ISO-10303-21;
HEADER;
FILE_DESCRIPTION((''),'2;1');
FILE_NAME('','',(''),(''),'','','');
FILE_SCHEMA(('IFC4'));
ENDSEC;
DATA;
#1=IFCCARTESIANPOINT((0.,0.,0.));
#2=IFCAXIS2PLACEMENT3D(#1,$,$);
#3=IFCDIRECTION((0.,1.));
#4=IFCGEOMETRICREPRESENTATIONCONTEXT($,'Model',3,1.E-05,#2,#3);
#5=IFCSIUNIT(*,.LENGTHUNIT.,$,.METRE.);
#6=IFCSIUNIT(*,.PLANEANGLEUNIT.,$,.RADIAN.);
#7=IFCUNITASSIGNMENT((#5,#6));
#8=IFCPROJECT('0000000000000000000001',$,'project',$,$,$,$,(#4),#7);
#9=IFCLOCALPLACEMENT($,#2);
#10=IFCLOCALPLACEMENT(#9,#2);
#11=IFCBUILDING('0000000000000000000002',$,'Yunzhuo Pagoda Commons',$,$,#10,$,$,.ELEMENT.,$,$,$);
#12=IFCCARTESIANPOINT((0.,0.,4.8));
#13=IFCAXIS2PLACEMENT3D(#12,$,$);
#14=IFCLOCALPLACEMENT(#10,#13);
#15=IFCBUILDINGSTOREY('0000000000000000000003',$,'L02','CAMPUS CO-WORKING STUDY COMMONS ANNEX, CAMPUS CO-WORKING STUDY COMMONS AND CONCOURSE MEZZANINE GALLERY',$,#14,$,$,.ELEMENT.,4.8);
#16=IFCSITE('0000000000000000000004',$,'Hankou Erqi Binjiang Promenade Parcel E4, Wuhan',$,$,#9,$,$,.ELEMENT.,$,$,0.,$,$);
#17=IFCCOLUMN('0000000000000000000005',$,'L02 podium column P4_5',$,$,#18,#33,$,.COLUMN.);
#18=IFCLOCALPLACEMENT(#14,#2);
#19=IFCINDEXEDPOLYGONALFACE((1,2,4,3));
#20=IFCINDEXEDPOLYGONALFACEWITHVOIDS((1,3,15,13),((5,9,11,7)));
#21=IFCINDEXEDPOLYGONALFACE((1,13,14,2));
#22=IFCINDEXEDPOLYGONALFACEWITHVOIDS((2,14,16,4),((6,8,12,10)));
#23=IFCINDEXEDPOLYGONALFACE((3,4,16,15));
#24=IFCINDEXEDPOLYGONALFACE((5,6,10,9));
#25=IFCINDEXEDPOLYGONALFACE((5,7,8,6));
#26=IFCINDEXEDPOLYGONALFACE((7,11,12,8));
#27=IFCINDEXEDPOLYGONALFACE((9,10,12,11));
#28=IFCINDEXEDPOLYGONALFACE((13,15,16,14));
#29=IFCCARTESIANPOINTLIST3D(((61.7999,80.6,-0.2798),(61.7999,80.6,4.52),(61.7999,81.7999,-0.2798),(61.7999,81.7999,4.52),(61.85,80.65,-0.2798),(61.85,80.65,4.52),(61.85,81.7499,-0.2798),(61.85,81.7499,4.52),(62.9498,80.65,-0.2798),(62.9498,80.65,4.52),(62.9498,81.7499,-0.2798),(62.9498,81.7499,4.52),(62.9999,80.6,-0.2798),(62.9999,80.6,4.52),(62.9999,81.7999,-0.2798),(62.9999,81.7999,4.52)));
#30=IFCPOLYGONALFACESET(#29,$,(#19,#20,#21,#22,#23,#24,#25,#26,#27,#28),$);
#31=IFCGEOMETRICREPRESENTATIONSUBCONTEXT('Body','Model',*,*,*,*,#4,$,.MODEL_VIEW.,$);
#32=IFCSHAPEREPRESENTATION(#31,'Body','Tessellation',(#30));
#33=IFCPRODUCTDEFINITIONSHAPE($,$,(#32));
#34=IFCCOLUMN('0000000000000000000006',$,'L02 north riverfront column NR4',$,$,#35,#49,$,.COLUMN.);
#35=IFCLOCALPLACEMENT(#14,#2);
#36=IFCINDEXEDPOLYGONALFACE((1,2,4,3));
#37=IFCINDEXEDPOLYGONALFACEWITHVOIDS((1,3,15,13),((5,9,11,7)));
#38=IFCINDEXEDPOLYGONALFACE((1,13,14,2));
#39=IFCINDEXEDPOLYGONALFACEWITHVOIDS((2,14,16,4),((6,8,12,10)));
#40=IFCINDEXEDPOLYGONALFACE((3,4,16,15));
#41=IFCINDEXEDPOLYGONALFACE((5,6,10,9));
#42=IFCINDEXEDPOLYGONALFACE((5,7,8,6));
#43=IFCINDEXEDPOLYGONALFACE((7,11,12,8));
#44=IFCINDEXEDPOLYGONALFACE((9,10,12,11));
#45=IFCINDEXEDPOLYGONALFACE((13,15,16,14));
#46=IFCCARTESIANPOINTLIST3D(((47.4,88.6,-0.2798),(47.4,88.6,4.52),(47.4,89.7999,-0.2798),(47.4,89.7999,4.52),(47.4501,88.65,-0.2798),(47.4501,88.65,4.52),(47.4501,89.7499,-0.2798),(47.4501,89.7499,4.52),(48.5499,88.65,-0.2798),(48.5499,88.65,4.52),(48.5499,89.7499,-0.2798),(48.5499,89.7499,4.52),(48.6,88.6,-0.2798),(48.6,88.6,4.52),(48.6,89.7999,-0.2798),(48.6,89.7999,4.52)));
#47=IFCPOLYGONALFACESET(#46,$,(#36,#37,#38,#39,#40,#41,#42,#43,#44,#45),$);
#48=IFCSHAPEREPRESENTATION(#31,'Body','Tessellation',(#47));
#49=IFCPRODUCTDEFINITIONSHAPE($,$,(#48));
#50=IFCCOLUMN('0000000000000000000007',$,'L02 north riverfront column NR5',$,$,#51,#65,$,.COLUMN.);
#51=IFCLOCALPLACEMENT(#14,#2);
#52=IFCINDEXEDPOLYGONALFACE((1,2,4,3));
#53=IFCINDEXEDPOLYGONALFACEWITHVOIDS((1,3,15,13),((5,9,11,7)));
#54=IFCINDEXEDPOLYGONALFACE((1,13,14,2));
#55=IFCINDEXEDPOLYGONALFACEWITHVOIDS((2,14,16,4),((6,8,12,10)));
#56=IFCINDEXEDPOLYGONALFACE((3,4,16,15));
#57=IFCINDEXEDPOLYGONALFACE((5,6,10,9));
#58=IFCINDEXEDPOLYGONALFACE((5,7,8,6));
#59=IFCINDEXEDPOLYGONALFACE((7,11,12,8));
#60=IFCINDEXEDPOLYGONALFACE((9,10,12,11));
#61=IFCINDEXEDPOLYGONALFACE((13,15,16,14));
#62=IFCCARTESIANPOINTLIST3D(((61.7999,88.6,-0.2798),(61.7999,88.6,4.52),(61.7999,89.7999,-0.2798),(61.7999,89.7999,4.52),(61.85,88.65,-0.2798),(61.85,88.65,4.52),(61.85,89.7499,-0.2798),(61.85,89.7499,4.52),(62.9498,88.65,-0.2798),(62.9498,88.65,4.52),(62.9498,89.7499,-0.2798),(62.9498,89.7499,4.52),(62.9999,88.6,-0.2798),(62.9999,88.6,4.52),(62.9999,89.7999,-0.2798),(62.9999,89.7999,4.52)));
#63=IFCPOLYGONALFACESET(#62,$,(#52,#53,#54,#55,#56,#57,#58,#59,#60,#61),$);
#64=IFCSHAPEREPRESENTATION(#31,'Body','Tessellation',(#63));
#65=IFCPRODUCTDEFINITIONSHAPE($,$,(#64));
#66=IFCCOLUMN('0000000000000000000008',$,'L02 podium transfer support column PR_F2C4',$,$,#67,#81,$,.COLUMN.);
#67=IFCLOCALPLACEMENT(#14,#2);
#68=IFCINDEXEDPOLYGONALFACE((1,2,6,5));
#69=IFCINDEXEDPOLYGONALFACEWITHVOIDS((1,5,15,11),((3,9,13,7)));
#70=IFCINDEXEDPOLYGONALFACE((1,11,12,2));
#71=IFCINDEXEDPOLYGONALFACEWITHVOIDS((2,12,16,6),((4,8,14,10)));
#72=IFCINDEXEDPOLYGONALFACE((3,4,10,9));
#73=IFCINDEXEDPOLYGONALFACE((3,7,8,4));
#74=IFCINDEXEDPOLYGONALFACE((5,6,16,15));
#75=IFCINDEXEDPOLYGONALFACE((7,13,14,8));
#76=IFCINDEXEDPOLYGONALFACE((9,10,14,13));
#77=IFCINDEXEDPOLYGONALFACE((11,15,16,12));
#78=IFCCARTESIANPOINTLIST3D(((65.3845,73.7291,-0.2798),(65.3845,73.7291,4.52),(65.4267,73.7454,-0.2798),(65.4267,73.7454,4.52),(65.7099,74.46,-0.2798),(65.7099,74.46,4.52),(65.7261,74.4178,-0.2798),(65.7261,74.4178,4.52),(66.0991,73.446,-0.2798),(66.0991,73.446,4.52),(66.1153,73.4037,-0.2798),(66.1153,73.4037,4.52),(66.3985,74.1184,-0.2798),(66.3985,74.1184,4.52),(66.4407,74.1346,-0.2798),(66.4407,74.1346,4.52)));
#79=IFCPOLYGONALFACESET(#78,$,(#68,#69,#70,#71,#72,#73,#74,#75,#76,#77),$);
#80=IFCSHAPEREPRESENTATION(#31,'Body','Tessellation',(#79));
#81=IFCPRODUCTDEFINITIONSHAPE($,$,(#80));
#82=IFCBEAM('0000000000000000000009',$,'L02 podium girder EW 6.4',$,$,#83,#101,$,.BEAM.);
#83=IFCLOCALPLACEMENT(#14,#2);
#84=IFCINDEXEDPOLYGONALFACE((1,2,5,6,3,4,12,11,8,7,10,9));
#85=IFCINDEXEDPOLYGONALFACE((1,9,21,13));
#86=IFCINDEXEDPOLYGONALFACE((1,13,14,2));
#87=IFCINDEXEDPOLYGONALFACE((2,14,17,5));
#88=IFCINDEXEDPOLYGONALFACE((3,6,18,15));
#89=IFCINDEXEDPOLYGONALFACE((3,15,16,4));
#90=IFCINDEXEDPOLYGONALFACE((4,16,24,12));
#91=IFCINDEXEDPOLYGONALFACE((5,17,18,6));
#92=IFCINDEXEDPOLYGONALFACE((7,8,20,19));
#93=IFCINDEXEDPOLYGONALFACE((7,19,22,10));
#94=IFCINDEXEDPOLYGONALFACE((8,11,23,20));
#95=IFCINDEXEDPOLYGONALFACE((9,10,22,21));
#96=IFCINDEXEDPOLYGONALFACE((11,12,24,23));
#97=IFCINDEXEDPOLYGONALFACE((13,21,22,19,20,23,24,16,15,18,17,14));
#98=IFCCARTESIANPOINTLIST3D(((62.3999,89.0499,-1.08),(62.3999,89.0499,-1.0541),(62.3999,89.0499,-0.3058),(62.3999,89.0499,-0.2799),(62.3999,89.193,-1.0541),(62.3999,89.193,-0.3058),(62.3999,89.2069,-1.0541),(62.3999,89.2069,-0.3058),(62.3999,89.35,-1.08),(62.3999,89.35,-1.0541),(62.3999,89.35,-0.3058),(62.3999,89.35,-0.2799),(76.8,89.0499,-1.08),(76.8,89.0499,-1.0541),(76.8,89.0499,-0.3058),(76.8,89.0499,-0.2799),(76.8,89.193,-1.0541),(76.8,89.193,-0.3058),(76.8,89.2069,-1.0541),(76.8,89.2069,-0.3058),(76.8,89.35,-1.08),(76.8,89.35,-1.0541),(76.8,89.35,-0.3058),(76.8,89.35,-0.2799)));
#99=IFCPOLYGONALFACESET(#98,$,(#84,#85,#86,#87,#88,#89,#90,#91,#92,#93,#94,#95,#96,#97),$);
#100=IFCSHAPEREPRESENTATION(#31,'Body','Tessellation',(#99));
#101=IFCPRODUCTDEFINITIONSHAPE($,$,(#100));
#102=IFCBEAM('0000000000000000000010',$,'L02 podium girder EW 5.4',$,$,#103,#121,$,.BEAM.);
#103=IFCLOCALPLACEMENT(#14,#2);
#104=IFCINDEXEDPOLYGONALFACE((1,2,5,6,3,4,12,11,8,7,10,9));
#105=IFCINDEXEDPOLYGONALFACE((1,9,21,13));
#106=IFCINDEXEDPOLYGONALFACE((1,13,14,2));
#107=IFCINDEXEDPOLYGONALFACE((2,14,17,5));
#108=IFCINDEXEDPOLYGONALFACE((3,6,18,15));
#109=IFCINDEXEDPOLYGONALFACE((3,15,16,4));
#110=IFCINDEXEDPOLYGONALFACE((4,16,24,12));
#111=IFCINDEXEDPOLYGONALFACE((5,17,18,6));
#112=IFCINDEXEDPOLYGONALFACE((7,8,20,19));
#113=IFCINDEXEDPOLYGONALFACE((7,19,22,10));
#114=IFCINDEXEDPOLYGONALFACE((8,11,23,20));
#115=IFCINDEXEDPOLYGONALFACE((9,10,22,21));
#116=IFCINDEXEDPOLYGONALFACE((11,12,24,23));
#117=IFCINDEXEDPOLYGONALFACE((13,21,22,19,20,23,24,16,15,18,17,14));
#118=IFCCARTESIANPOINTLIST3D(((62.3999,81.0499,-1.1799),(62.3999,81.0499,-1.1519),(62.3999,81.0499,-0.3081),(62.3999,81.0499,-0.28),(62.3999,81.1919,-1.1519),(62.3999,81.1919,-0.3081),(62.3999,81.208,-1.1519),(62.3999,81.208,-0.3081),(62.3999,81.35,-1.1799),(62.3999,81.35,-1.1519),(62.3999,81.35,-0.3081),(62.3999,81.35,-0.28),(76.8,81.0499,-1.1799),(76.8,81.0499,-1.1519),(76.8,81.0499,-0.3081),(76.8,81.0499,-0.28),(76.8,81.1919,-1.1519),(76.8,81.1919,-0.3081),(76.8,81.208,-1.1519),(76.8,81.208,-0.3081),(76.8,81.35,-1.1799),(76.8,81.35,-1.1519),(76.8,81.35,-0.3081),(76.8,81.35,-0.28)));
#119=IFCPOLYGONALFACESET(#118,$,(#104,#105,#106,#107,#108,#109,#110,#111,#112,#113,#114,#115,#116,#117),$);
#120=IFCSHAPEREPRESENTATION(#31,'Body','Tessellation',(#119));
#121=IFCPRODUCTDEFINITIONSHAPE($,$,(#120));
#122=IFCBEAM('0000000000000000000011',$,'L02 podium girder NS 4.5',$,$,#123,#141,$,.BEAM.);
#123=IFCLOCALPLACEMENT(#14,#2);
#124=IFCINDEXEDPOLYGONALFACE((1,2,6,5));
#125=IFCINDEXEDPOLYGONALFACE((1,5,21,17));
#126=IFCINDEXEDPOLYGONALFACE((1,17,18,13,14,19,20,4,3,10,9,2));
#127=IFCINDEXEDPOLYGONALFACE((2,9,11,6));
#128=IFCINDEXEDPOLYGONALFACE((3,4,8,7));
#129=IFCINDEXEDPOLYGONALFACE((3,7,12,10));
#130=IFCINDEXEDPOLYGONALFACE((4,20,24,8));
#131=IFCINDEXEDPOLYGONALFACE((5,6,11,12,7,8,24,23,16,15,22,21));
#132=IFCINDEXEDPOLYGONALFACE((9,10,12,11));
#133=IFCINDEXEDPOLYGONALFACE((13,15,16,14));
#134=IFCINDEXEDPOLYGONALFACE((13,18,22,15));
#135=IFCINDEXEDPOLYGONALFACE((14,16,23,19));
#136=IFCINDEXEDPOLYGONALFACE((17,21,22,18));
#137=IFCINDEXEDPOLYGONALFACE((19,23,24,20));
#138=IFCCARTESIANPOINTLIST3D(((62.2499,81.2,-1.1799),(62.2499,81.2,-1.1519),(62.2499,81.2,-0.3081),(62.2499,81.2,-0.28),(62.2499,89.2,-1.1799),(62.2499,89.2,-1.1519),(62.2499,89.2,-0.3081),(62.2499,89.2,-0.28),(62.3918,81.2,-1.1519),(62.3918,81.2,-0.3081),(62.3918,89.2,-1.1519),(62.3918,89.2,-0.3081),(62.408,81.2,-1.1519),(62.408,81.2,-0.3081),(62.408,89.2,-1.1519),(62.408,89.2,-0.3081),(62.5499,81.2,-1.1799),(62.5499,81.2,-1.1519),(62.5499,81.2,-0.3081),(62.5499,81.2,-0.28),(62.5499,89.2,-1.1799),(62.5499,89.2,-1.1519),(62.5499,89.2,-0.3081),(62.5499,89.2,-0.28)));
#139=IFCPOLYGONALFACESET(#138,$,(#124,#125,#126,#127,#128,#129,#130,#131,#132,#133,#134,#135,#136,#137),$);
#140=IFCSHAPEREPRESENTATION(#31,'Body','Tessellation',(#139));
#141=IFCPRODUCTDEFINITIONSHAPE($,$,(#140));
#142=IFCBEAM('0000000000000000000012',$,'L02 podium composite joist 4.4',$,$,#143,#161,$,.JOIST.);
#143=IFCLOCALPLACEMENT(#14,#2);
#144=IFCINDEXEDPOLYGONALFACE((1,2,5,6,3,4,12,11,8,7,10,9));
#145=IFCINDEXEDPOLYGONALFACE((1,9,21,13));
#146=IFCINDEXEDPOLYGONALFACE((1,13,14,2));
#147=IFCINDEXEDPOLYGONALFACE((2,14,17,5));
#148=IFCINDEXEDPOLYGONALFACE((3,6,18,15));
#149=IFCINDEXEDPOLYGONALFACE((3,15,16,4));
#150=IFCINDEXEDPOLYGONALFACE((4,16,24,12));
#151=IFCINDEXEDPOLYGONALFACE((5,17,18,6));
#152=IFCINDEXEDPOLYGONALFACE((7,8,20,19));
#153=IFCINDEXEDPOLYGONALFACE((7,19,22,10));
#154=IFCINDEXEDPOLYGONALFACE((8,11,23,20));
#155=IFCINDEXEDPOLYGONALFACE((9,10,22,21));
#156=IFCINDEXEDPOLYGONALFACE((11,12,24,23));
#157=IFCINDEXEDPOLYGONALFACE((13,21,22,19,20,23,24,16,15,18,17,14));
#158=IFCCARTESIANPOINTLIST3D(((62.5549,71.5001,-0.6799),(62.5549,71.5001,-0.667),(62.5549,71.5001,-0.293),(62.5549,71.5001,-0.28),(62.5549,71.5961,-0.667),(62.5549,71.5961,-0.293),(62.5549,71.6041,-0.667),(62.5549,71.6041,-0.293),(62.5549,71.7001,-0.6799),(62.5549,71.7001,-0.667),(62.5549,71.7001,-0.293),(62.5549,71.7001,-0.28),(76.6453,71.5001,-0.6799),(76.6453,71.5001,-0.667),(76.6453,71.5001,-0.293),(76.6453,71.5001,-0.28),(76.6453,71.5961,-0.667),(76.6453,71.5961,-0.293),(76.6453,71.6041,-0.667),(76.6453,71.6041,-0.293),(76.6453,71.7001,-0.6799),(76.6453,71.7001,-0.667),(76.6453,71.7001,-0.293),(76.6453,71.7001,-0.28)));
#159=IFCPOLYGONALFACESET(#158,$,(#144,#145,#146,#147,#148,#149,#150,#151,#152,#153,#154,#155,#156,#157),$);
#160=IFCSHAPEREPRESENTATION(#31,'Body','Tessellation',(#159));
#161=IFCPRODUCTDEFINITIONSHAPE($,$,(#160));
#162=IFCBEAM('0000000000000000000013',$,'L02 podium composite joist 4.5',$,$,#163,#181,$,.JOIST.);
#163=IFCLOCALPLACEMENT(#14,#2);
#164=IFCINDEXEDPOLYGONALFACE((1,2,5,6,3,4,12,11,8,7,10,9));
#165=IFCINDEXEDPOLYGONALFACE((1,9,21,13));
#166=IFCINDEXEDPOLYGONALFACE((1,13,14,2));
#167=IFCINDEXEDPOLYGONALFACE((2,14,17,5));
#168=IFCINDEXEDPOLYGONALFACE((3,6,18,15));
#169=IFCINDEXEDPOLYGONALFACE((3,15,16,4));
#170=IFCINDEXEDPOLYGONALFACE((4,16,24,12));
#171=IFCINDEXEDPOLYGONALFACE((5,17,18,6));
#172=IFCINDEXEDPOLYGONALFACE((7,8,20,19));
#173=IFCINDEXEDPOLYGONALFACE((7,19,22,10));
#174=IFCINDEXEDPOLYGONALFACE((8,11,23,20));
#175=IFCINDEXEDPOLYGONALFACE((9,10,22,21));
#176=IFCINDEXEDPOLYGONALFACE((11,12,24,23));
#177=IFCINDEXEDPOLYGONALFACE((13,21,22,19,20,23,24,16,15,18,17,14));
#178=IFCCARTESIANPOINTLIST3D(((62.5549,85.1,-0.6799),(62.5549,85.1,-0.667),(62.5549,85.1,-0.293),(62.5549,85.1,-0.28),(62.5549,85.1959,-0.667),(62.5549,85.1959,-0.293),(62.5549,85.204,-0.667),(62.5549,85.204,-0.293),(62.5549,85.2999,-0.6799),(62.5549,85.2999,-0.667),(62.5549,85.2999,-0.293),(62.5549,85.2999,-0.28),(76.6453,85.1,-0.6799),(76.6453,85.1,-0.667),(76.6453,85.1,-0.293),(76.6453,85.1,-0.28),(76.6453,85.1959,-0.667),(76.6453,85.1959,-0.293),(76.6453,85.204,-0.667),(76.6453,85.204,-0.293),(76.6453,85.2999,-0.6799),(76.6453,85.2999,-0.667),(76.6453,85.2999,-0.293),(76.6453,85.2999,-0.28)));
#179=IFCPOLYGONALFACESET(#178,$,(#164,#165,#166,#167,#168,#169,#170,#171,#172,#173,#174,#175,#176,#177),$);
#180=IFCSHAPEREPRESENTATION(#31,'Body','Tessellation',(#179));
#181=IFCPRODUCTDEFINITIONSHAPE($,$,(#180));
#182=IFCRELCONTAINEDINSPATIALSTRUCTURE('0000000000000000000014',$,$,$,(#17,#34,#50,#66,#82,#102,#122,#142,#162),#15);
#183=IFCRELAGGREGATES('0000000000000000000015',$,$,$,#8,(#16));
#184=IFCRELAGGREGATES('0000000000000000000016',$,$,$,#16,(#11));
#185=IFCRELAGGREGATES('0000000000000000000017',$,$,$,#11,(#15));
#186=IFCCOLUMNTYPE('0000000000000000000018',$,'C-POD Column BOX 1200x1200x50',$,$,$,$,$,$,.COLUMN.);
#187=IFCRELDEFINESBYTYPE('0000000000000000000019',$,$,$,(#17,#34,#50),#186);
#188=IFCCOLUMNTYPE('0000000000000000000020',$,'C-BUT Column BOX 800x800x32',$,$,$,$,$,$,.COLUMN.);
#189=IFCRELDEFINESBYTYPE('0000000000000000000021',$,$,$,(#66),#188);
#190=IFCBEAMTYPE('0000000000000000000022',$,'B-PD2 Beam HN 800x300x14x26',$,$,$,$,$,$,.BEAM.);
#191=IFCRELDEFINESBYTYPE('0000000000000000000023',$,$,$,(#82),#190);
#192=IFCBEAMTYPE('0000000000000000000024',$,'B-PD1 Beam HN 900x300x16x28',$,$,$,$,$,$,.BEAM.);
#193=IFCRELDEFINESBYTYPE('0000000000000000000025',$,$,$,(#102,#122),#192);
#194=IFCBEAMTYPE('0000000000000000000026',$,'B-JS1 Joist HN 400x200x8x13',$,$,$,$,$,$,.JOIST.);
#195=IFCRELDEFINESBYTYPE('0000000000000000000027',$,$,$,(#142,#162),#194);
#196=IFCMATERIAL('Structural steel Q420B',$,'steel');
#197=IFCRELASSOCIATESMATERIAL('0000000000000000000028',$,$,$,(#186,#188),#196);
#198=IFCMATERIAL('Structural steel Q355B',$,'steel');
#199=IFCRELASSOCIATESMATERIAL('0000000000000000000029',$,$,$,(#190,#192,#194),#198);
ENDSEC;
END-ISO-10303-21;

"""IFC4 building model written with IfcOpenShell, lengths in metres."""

from ifc_helpers import new_model, si_unit, direction, frame, origin, origin_2d, place, context, subcontext, project, spatial, hollow_rectangle, i_section, extrude, source, transform, mapped, material, material_profile, profile_set, type_object, element, save


model = new_model("IFC4")

# Units and contexts
model_context = context("Model", 3, precision=1e-05, world=origin(), true_north=direction((0.0, 1.0)))
body_context = subcontext(model_context, "Body", "Model", "MODEL_VIEW")
ifc_project = project(units=[si_unit("LENGTHUNIT", "METRE"), si_unit("PLANEANGLEUNIT", "RADIAN")], contexts=[model_context])

# Site, building, storey
site_placement = place(None, origin())
site = spatial("IfcSite", under=ifc_project, at=site_placement, Name="Hankou Erqi Binjiang Promenade Parcel E4, Wuhan", CompositionType="ELEMENT", RefElevation=0.0)
building_placement = place(site_placement, origin())
building = spatial("IfcBuilding", under=site, at=building_placement, Name="Yunzhuo Pagoda Commons", CompositionType="ELEMENT")
storey_placement = place(building_placement, frame((0.0, 0.0, 4.8)))
storey = spatial("IfcBuildingStorey", under=building, at=storey_placement, Name="L02", Description="CAMPUS CO-WORKING STUDY COMMONS ANNEX, CAMPUS CO-WORKING STUDY COMMONS AND CONCOURSE MEZZANINE GALLERY", CompositionType="ELEMENT", Elevation=4.8)

# Columns
ifc_material_1 = material(Name="Structural steel Q420B", Category="steel")
ifc_material_profile_1 = material_profile(ifc_material_1, hollow_rectangle(XDim=1.2, YDim=1.2, WallThickness=0.05, at=origin_2d()), Name="Structural steel Q420B")
ifc_profile_set_1 = profile_set([ifc_material_profile_1], Name="Structural steel Q420B")
column_type_1 = type_object("IfcColumnType", Name="C-POD Column BOX 1200x1200x50", PredefinedType="COLUMN", material=ifc_profile_set_1)
shared_shape_1 = source(origin(), body_context, "Body", "SweptSolid", [
    extrude(hollow_rectangle(XDim=1.2, YDim=1.2, WallThickness=0.05, at=origin_2d()), origin(), (0.0, 0.0, 1.0), 4.7998),
])
for number, where, z_axis, x_axis, name in (
    (1, (62.3999, 81.2, -0.2798), (0.0, 0.0, 1.0), (1.0, 0.0, 0.0), "L02 podium column P4_5"),
    (2, (48.0, 89.2, -0.2798), (0.0, 0.0, 1.0), (1.0, 0.0, 0.0), "L02 north riverfront column NR4"),
    (3, (62.3999, 89.2, -0.2798), (0.0, 0.0, 1.0), (1.0, 0.0, 0.0), "L02 north riverfront column NR5"),
):
    element("IfcColumn", number, at=place(storey_placement, frame(where, z_axis=z_axis, x_axis=x_axis)), inside=storey, type_object=column_type_1, Name=name, PredefinedType="COLUMN", context=body_context, shape_type="MappedRepresentation", body=[
        mapped(shared_shape_1, transform((0.0, 0.0, 0.0), scale=1.0)),
    ])
ifc_material_profile_2 = material_profile(ifc_material_1, hollow_rectangle(XDim=0.8, YDim=0.8, WallThickness=0.032, at=origin_2d()), Name="Structural steel Q420B")
ifc_profile_set_2 = profile_set([ifc_material_profile_2], Name="Structural steel Q420B")
column_type_2 = type_object("IfcColumnType", Name="C-BUT Column BOX 800x800x32", PredefinedType="COLUMN", material=ifc_profile_set_2)
shared_shape_2 = source(origin(), body_context, "Body", "SweptSolid", [
    extrude(hollow_rectangle(XDim=0.8, YDim=0.8, WallThickness=0.032, at=origin_2d()), origin(), (0.0, 0.0, 1.0), 4.7998),
])
column_placement = place(storey_placement, frame((65.9126, 73.9319, -0.2798), z_axis=(0.0, 0.0, 1.0), x_axis=(-0.913545, 0.406737, 0.0)))
element("IfcColumn", 4, at=column_placement, inside=storey, type_object=column_type_2, Name="L02 podium transfer support column PR_F2C4", PredefinedType="COLUMN", context=body_context, shape_type="MappedRepresentation", body=[
    mapped(shared_shape_2, transform((0.0, 0.0, 0.0), scale=1.0)),
])

# Beams
ifc_material_2 = material(Name="Structural steel Q355B", Category="steel")
ifc_material_profile_3 = material_profile(ifc_material_2, i_section(OverallWidth=0.3, OverallDepth=0.8, WebThickness=0.0139, FlangeThickness=0.0259, at=origin_2d()), Name="Structural steel Q355B")
ifc_profile_set_3 = profile_set([ifc_material_profile_3], Name="Structural steel Q355B")
beam_type_1 = type_object("IfcBeamType", Name="B-PD2 Beam HN 800x300x14x26", PredefinedType="BEAM", material=ifc_profile_set_3)
shared_shape_3 = source(origin(), body_context, "Body", "SweptSolid", [
    extrude(i_section(OverallWidth=0.3, OverallDepth=0.8, WebThickness=0.0139, FlangeThickness=0.0259, at=origin_2d()), origin(), (0.0, 0.0, 1.0), 14.4001),
])
beam_1_placement = place(storey_placement, frame((62.3999, 89.2, -0.6799), z_axis=(1.0, 0.0, 0.0), x_axis=(0.0, 1.0, 0.0)))
element("IfcBeam", 5, at=beam_1_placement, inside=storey, type_object=beam_type_1, Name="L02 podium girder EW 6.4", PredefinedType="BEAM", context=body_context, shape_type="MappedRepresentation", body=[
    mapped(shared_shape_3, transform((0.0, 0.0, 0.0), scale=1.0)),
])
ifc_material_profile_4 = material_profile(ifc_material_2, i_section(OverallWidth=0.3, OverallDepth=0.8999, WebThickness=0.0161, FlangeThickness=0.0281, at=origin_2d()), Name="Structural steel Q355B")
ifc_profile_set_4 = profile_set([ifc_material_profile_4], Name="Structural steel Q355B")
beam_type_2 = type_object("IfcBeamType", Name="B-PD1 Beam HN 900x300x16x28", PredefinedType="BEAM", material=ifc_profile_set_4)
shared_shape_4 = source(origin(), body_context, "Body", "SweptSolid", [
    extrude(i_section(OverallWidth=0.3, OverallDepth=0.8999, WebThickness=0.0161, FlangeThickness=0.0281, at=origin_2d()), origin(), (0.0, 0.0, 1.0), 14.4001),
])
beam_2_placement = place(storey_placement, frame((62.3999, 81.2, -0.73), z_axis=(1.0, 0.0, 0.0), x_axis=(0.0, 1.0, 0.0)))
element("IfcBeam", 6, at=beam_2_placement, inside=storey, type_object=beam_type_2, Name="L02 podium girder EW 5.4", PredefinedType="BEAM", context=body_context, shape_type="MappedRepresentation", body=[
    mapped(shared_shape_4, transform((0.0, 0.0, 0.0), scale=1.0)),
])
shared_shape_5 = source(origin(), body_context, "Body", "SweptSolid", [
    extrude(i_section(OverallWidth=0.3, OverallDepth=0.8999, WebThickness=0.0161, FlangeThickness=0.0281, at=origin_2d()), origin(), (0.0, 0.0, 1.0), 8.0),
])
beam_3_placement = place(storey_placement, frame((62.3999, 81.2, -0.73), z_axis=(0.0, 1.0, 0.0), x_axis=(-1.0, 0.0, 0.0)))
element("IfcBeam", 7, at=beam_3_placement, inside=storey, type_object=beam_type_2, Name="L02 podium girder NS 4.5", PredefinedType="BEAM", context=body_context, shape_type="MappedRepresentation", body=[
    mapped(shared_shape_5, transform((0.0, 0.0, 0.0), scale=1.0)),
])
ifc_material_profile_5 = material_profile(ifc_material_2, i_section(OverallWidth=0.2, OverallDepth=0.3999, WebThickness=0.0081, FlangeThickness=0.0129, at=origin_2d()), Name="Structural steel Q355B")
ifc_profile_set_5 = profile_set([ifc_material_profile_5], Name="Structural steel Q355B")
beam_type_3 = type_object("IfcBeamType", Name="B-JS1 Joist HN 400x200x8x13", PredefinedType="JOIST", material=ifc_profile_set_5)
shared_shape_6 = source(origin(), body_context, "Body", "SweptSolid", [
    extrude(i_section(OverallWidth=0.2, OverallDepth=0.3999, WebThickness=0.0081, FlangeThickness=0.0129, at=origin_2d()), origin(), (0.0, 0.0, 1.0), 14.0903),
])
for number, where, z_axis, x_axis, name in (
    (8, (62.5549, 71.6001, -0.48), (1.0, 0.0, 0.0), (0.0, 1.0, 0.0), "L02 podium composite joist 4.4"),
    (9, (62.5549, 85.2, -0.48), (1.0, 0.0, 0.0), (0.0, 1.0, 0.0), "L02 podium composite joist 4.5"),
):
    element("IfcBeam", number, at=place(storey_placement, frame(where, z_axis=z_axis, x_axis=x_axis)), inside=storey, type_object=beam_type_3, Name=name, PredefinedType="JOIST", context=body_context, shape_type="MappedRepresentation", body=[
        mapped(shared_shape_6, transform((0.0, 0.0, 0.0), scale=1.0)),
    ])

save(model, "model.ifc")
